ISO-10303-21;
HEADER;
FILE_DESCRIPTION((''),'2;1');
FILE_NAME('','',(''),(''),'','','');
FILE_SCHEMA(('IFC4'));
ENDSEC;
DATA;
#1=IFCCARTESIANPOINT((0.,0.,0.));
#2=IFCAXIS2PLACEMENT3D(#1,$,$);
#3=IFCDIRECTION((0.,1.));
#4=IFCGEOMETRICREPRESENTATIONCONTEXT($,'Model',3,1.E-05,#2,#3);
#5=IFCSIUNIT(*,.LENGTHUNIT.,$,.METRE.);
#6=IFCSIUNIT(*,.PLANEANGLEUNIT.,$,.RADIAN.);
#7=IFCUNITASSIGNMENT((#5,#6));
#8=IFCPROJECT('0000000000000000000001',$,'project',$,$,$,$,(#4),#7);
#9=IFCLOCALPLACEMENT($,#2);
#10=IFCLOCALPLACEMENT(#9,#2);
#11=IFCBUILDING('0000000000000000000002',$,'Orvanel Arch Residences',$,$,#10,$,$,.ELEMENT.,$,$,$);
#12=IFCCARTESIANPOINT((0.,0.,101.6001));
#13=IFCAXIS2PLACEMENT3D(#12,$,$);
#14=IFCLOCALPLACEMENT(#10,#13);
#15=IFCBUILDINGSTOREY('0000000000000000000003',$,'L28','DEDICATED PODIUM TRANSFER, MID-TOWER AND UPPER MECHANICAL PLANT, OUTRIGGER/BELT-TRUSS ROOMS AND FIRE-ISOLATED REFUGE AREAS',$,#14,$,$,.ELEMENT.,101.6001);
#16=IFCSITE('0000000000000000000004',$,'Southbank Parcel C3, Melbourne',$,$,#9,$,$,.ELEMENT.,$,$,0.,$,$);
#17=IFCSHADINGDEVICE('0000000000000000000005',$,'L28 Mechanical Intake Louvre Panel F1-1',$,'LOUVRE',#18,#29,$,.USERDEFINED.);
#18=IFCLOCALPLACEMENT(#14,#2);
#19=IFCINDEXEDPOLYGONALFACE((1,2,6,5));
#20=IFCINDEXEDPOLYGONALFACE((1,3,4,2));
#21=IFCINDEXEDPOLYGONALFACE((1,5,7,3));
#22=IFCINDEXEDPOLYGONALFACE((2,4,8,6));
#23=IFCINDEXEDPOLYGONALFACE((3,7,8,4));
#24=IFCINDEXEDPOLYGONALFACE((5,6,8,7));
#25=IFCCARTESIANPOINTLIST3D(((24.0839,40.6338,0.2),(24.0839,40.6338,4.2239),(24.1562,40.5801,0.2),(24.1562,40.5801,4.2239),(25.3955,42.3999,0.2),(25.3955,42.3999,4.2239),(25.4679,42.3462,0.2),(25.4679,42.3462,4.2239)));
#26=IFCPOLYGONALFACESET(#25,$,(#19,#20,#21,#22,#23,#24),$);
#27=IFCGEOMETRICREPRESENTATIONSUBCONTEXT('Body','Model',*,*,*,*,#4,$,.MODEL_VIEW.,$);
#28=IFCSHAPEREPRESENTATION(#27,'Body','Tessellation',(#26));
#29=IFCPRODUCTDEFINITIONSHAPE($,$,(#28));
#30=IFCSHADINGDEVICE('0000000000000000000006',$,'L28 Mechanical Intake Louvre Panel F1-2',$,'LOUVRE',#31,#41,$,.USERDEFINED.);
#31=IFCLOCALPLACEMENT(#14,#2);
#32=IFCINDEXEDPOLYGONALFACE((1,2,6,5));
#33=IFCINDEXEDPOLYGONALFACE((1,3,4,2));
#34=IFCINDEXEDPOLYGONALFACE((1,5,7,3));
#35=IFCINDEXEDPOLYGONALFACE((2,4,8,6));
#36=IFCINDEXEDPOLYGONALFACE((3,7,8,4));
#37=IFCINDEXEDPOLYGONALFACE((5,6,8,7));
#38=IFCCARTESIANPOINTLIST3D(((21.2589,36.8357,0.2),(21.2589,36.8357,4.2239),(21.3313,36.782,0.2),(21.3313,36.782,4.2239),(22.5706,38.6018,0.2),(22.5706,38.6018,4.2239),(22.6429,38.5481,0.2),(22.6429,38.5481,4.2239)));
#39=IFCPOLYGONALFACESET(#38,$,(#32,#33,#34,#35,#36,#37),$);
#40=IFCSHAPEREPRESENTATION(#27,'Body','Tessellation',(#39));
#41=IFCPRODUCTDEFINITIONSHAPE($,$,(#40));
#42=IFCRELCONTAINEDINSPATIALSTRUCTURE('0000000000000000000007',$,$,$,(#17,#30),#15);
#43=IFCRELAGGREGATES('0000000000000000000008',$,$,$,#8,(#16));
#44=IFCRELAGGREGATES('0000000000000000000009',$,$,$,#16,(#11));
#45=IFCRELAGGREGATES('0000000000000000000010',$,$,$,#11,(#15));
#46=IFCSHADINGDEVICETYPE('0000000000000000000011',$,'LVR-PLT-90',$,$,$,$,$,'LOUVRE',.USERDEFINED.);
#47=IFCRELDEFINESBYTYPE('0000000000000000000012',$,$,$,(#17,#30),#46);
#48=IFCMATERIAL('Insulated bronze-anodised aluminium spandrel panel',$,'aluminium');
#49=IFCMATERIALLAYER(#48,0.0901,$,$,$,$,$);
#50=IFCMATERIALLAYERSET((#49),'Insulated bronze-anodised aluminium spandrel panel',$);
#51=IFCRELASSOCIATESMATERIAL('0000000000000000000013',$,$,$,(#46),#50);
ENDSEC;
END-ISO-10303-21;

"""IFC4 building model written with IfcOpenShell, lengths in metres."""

from ifc_helpers import new_model, si_unit, direction, frame, origin, origin_2d, place, context, subcontext, project, spatial, rectangle, extrude, material, layer, layer_set, type_object, element, save


model = new_model("IFC4")

# Units and contexts
model_context = context("Model", 3, precision=1e-05, world=origin(), true_north=direction((0.0, 1.0)))
body_context = subcontext(model_context, "Body", "Model", "MODEL_VIEW")
ifc_project = project(units=[si_unit("LENGTHUNIT", "METRE"), si_unit("PLANEANGLEUNIT", "RADIAN")], contexts=[model_context])

# Site, building, storey
site_placement = place(None, origin())
site = spatial("IfcSite", under=ifc_project, at=site_placement, Name="Southbank Parcel C3, Melbourne", CompositionType="ELEMENT", RefElevation=0.0)
building_placement = place(site_placement, origin())
building = spatial("IfcBuilding", under=site, at=building_placement, Name="Orvanel Arch Residences", CompositionType="ELEMENT")
storey_placement = place(building_placement, frame((0.0, 0.0, 101.6001)))
storey = spatial("IfcBuildingStorey", under=building, at=storey_placement, Name="L28", Description="DEDICATED PODIUM TRANSFER, MID-TOWER AND UPPER MECHANICAL PLANT, OUTRIGGER/BELT-TRUSS ROOMS AND FIRE-ISOLATED REFUGE AREAS", CompositionType="ELEMENT", Elevation=101.6001)

# Shading devices
ifc_material_1 = material(Name="Insulated bronze-anodised aluminium spandrel panel", Category="aluminium")
ifc_layer_1 = layer(ifc_material_1, 0.0901)
ifc_layer_set_1 = layer_set([ifc_layer_1], Name="Insulated bronze-anodised aluminium spandrel panel")
shading_device_type = type_object("IfcShadingDeviceType", Name="LVR-PLT-90", ElementType="LOUVRE", PredefinedType="USERDEFINED", material=ifc_layer_set_1)
for number, where, z_axis, x_axis, name in (
    (1, (24.7759, 41.49, 0.2), (0.0, 0.0, 1.0), (-0.596225, -0.802817, 0.0), "L28 Mechanical Intake Louvre Panel F1-1"),
    (2, (21.9509, 37.6919, 0.2), (0.0, 0.0, 1.0), (-0.596225, -0.802817, 0.0), "L28 Mechanical Intake Louvre Panel F1-2"),
):
    element("IfcShadingDevice", number, at=place(storey_placement, frame(where, z_axis=z_axis, x_axis=x_axis)), inside=storey, type_object=shading_device_type, Name=name, ObjectType="LOUVRE", PredefinedType="USERDEFINED", context=body_context, shape_type="SweptSolid", body=[
        extrude(rectangle(XDim=2.2, YDim=0.0901, at=origin_2d()), origin(), (0.0, 0.0, 1.0), 4.0239),
    ])

save(model, "model.ifc")
